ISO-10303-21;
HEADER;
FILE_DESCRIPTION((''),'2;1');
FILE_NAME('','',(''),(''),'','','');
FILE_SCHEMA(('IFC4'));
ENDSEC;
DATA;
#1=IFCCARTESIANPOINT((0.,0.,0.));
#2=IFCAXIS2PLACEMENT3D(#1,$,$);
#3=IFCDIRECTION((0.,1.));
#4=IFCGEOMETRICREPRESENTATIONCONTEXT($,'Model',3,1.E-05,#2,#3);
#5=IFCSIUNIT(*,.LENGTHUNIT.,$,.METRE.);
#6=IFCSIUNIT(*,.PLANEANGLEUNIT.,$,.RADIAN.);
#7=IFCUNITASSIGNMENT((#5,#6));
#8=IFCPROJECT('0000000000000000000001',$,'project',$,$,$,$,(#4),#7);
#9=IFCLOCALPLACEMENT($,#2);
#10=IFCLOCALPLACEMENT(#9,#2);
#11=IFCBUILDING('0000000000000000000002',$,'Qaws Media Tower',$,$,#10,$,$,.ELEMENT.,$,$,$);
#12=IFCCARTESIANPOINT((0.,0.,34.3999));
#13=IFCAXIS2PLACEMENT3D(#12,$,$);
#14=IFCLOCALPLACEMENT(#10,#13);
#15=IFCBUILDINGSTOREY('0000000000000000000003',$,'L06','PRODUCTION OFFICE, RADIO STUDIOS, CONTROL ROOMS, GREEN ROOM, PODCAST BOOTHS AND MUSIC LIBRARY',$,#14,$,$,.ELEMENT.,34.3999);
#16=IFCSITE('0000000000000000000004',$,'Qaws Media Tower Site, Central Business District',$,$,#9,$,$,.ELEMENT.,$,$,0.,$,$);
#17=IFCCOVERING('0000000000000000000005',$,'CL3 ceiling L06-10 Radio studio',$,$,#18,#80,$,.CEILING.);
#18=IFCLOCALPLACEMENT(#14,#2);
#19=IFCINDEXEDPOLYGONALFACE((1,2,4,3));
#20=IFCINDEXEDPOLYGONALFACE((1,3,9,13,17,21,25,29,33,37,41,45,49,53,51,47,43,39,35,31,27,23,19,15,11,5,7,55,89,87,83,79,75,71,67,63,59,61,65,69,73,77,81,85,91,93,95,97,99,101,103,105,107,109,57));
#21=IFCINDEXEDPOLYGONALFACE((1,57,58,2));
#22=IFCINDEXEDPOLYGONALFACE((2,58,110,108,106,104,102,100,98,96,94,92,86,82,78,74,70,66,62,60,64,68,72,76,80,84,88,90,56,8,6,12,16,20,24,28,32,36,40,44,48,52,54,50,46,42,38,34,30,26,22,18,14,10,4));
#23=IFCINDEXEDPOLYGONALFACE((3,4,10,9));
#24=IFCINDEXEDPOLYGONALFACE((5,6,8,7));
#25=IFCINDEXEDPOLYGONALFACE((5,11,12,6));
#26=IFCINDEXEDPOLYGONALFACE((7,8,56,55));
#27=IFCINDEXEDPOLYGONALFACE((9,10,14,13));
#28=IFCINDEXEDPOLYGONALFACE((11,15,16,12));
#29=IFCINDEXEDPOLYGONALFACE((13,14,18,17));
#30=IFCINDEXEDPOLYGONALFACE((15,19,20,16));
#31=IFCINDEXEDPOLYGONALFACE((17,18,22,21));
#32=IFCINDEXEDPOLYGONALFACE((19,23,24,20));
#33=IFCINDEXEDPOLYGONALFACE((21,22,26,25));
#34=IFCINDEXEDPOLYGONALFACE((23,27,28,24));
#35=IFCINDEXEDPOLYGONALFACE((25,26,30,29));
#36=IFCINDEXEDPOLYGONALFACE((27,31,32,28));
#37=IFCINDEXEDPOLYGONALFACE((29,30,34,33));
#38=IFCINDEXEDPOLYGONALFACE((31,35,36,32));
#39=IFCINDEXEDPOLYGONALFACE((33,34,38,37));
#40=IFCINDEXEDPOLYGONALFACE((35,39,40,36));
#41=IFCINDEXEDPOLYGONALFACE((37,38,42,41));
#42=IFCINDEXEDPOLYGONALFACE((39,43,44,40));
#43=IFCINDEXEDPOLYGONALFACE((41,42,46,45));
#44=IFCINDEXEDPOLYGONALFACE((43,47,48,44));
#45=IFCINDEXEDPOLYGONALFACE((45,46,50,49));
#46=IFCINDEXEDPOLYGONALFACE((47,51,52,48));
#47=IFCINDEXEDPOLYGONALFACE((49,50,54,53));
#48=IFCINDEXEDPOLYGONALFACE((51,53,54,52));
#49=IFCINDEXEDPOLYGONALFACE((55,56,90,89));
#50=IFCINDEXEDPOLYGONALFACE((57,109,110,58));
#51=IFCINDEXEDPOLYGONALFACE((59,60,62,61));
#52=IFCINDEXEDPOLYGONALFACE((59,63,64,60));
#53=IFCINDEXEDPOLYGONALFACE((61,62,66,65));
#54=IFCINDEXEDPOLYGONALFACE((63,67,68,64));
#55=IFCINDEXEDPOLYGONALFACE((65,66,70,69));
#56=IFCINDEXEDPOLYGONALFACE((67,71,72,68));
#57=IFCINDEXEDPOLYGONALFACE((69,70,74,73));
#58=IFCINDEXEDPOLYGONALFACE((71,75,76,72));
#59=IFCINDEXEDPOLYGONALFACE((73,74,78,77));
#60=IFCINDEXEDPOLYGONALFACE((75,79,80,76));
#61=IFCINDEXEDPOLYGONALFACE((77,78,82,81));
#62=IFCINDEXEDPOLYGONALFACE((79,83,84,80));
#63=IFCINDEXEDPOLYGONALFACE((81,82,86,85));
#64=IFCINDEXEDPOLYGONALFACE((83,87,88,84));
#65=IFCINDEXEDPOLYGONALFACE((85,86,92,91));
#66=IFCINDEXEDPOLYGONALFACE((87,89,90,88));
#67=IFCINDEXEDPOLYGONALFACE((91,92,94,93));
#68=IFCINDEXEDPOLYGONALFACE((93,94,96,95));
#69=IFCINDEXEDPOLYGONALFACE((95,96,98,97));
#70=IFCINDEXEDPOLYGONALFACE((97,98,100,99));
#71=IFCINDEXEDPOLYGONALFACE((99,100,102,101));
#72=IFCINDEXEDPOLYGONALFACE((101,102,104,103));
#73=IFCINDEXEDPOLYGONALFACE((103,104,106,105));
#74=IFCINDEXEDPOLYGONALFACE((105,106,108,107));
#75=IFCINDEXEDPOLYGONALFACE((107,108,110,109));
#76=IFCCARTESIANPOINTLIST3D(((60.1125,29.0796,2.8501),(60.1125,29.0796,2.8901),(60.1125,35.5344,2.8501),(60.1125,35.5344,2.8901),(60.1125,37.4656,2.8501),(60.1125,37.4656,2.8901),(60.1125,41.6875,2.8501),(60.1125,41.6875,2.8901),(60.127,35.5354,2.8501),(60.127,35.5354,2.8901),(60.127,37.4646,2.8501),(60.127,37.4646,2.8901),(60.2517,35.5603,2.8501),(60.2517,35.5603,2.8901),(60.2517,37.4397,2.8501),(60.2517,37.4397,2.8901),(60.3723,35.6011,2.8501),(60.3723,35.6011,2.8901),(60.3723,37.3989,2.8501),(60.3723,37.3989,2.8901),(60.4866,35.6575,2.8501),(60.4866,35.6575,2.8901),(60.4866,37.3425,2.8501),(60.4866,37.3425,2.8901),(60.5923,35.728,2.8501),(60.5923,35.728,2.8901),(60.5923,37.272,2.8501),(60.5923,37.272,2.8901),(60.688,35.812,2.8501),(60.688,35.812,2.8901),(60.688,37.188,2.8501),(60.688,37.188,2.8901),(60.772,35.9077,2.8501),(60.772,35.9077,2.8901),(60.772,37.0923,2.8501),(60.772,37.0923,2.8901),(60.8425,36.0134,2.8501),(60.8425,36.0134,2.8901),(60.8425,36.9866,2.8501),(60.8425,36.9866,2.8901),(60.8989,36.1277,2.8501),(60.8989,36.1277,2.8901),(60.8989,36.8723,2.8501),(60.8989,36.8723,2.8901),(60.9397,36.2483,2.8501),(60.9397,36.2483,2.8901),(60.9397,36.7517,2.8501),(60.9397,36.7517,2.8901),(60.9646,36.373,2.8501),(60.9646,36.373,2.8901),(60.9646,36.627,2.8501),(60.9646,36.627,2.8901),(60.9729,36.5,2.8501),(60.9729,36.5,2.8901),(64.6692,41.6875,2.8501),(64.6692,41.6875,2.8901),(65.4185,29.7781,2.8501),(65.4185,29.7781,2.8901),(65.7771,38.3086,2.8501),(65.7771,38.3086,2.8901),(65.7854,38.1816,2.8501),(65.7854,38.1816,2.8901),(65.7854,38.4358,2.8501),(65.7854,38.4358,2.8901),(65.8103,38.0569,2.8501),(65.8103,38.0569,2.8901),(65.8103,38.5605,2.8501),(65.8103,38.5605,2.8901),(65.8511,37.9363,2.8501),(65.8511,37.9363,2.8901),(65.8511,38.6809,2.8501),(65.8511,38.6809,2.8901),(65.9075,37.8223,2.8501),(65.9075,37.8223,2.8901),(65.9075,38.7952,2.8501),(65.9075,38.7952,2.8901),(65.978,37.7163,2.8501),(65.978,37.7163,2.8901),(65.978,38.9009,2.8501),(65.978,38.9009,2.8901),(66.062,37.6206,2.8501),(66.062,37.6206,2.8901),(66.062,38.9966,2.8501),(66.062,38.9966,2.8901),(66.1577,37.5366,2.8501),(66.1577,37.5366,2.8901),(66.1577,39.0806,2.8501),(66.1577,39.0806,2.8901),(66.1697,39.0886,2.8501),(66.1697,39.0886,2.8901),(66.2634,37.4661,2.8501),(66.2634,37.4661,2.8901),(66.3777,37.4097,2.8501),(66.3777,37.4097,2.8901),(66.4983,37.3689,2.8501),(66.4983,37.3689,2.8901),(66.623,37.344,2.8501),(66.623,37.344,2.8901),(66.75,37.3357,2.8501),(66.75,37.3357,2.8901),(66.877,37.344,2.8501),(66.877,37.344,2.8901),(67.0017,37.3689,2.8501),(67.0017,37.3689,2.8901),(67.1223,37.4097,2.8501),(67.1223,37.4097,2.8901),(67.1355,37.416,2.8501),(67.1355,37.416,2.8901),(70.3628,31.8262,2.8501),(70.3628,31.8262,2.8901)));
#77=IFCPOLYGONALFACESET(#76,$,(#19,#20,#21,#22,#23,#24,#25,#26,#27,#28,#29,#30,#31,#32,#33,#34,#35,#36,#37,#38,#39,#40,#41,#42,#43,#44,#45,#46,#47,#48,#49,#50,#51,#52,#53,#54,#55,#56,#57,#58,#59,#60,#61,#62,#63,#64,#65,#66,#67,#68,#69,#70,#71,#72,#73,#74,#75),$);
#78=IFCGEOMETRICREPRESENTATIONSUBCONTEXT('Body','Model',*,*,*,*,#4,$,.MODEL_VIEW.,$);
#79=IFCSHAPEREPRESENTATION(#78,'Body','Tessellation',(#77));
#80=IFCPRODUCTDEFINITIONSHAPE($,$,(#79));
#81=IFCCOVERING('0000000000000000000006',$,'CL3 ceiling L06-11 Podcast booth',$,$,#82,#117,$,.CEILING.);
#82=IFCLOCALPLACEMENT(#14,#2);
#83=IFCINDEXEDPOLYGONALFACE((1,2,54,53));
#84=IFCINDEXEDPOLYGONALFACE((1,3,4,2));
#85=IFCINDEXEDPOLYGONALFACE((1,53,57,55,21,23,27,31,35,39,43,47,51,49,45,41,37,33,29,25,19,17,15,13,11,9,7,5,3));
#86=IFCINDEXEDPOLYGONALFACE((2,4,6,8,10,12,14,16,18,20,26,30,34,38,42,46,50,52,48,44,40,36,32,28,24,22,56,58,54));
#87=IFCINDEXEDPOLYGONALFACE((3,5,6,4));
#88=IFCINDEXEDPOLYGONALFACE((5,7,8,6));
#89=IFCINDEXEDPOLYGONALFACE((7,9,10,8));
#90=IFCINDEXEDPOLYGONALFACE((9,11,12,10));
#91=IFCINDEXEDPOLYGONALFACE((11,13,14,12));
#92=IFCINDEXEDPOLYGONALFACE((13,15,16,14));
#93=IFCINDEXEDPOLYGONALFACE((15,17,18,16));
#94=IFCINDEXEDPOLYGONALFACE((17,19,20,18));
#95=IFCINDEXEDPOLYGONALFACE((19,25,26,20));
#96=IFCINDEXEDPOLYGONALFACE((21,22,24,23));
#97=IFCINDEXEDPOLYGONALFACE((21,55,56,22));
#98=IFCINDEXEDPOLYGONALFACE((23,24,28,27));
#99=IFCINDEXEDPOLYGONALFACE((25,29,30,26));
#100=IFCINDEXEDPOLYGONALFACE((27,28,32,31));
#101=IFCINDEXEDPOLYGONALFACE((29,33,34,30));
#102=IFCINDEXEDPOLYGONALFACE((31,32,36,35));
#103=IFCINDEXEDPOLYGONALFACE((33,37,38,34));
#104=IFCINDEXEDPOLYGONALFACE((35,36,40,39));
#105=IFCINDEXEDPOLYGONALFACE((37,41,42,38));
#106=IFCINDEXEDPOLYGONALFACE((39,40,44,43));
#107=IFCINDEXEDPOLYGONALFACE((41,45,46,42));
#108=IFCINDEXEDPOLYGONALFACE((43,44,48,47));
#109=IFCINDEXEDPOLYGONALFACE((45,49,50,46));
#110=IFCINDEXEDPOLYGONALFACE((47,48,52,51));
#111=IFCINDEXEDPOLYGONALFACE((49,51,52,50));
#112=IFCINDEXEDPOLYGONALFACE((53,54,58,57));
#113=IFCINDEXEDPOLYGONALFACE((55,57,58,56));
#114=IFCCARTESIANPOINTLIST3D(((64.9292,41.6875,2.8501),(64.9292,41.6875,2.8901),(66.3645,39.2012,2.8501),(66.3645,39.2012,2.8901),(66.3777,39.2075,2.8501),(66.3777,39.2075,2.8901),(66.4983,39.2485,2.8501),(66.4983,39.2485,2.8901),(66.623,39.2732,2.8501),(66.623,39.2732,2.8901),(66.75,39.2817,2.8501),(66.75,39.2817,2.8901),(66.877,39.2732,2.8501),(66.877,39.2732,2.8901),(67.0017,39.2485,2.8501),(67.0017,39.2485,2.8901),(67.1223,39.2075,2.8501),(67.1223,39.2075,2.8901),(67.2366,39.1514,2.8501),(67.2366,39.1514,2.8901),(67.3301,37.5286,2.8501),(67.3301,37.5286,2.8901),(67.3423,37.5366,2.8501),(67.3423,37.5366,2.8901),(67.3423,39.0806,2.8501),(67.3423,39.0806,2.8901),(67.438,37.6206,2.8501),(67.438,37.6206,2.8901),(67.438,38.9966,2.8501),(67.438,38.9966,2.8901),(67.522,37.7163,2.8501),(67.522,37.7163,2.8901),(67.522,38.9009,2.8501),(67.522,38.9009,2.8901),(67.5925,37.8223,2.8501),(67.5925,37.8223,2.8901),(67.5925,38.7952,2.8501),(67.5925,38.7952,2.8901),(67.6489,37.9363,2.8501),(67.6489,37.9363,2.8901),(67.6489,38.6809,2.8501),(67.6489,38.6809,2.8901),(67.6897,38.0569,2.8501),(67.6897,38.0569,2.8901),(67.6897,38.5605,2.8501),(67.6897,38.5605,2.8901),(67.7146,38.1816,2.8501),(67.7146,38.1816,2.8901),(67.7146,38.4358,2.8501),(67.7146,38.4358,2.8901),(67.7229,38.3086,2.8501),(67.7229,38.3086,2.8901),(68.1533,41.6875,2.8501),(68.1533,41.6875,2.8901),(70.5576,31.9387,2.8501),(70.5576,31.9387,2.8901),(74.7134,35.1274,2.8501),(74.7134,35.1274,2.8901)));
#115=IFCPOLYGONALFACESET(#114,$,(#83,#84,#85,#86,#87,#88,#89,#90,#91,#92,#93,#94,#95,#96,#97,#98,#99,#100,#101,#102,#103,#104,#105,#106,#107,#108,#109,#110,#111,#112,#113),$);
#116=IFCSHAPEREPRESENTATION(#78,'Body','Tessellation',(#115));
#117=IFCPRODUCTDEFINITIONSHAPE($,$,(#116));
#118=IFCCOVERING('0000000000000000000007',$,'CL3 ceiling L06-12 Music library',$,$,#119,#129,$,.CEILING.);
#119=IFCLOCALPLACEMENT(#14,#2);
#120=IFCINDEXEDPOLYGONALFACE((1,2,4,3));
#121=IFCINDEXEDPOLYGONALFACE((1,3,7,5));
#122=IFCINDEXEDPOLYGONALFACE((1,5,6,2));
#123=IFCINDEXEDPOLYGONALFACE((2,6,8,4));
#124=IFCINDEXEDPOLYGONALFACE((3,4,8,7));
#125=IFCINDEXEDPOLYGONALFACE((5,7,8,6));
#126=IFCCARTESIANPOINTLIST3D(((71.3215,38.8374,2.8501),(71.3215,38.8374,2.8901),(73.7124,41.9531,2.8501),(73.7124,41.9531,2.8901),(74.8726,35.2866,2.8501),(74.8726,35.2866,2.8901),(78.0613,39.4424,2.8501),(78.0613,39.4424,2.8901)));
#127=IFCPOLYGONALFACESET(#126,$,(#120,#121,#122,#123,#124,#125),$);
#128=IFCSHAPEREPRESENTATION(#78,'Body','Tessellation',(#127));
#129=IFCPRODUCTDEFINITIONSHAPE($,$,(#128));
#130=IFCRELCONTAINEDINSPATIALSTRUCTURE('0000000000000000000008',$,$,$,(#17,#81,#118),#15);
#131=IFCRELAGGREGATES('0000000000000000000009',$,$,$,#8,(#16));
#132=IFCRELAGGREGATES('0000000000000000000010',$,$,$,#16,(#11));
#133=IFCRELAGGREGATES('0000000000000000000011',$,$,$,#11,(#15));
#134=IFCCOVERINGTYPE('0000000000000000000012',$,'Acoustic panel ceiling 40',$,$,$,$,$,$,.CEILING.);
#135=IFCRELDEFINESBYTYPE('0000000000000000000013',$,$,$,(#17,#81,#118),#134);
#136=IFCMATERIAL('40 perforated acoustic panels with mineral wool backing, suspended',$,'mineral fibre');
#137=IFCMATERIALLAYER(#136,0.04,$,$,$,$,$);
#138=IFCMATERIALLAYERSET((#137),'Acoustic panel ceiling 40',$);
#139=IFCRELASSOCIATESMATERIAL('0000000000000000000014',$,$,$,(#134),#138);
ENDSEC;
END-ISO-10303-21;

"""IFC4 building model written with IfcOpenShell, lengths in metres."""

from ifc_helpers import new_model, si_unit, direction, frame, origin, place, context, subcontext, project, spatial, polyline, outline, extrude, material, layer, layer_set, type_object, element, save


model = new_model("IFC4")

# Units and contexts
model_context = context("Model", 3, precision=1e-05, world=origin(), true_north=direction((0.0, 1.0)))
body_context = subcontext(model_context, "Body", "Model", "MODEL_VIEW")
ifc_project = project(units=[si_unit("LENGTHUNIT", "METRE"), si_unit("PLANEANGLEUNIT", "RADIAN")], contexts=[model_context])

# Site, building, storey
site_placement = place(None, origin())
site = spatial("IfcSite", under=ifc_project, at=site_placement, Name="Qaws Media Tower Site, Central Business District", CompositionType="ELEMENT", RefElevation=0.0)
building_placement = place(site_placement, origin())
building = spatial("IfcBuilding", under=site, at=building_placement, Name="Qaws Media Tower", CompositionType="ELEMENT")
storey_placement = place(building_placement, frame((0.0, 0.0, 34.3999)))
storey = spatial("IfcBuildingStorey", under=building, at=storey_placement, Name="L06", Description="PRODUCTION OFFICE, RADIO STUDIOS, CONTROL ROOMS, GREEN ROOM, PODCAST BOOTHS AND MUSIC LIBRARY", CompositionType="ELEMENT", Elevation=34.3999)

# Coverings
ifc_material_1 = material(Name="40 perforated acoustic panels with mineral wool backing, suspended", Category="mineral fibre")
ifc_layer_1 = layer(ifc_material_1, 0.04)
ifc_layer_set_1 = layer_set([ifc_layer_1], Name="Acoustic panel ceiling 40")
covering_type_1 = type_object("IfcCoveringType", Name="Acoustic panel ceiling 40", PredefinedType="CEILING", material=ifc_layer_set_1)
covering_1_placement = place(storey_placement, frame((0.0, 0.0, 2.8501)))
element("IfcCovering", 1, at=covering_1_placement, inside=storey, type_object=covering_type_1, Name="CL3 ceiling L06-10 Radio studio", PredefinedType="CEILING", context=body_context, shape_type="SweptSolid", body=[
    extrude(outline(polyline([(65.4185, 29.7781), (60.1125, 29.0796), (60.1125, 35.5344), (60.127, 35.5354), (60.2517, 35.5603), (60.3723, 35.6011), (60.4866, 35.6575), (60.5923, 35.728), (60.688, 35.812), (60.772, 35.9077), (60.8425, 36.0134), (60.8989, 36.1277), (60.9397, 36.2483), (60.9646, 36.373), (60.9729, 36.5), (60.9646, 36.627), (60.9397, 36.7517), (60.8989, 36.8723), (60.8425, 36.9866), (60.772, 37.0923), (60.688, 37.188), (60.5923, 37.272), (60.4866, 37.3425), (60.3723, 37.3989), (60.2517, 37.4397), (60.127, 37.4646), (60.1125, 37.4656), (60.1125, 41.6875), (64.6692, 41.6875), (66.1697, 39.0886), (66.1577, 39.0806), (66.062, 38.9966), (65.978, 38.9009), (65.9075, 38.7952), (65.8511, 38.6809), (65.8103, 38.5605), (65.7854, 38.4358), (65.7771, 38.3086), (65.7854, 38.1816), (65.8103, 38.0569), (65.8511, 37.9363), (65.9075, 37.8223), (65.978, 37.7163), (66.062, 37.6206), (66.1577, 37.5366), (66.2634, 37.4661), (66.3777, 37.4097), (66.4983, 37.3689), (66.623, 37.344), (66.75, 37.3357), (66.877, 37.344), (67.0017, 37.3689), (67.1223, 37.4097), (67.1355, 37.416), (70.3628, 31.8262), (65.4185, 29.7781)])), origin(), (0.0, 0.0, 1.0), 0.04),
])
covering_2_placement = place(storey_placement, frame((0.0, 0.0, 2.8501)))
element("IfcCovering", 2, at=covering_2_placement, inside=storey, type_object=covering_type_1, Name="CL3 ceiling L06-11 Podcast booth", PredefinedType="CEILING", context=body_context, shape_type="SweptSolid", body=[
    extrude(outline(polyline([(70.5576, 31.9387), (67.3301, 37.5286), (67.3423, 37.5366), (67.438, 37.6206), (67.522, 37.7163), (67.5925, 37.8223), (67.6489, 37.9363), (67.6897, 38.0569), (67.7146, 38.1816), (67.7229, 38.3086), (67.7146, 38.4358), (67.6897, 38.5605), (67.6489, 38.6809), (67.5925, 38.7952), (67.522, 38.9009), (67.438, 38.9966), (67.3423, 39.0806), (67.2366, 39.1514), (67.1223, 39.2075), (67.0017, 39.2485), (66.877, 39.2732), (66.75, 39.2817), (66.623, 39.2732), (66.4983, 39.2485), (66.3777, 39.2075), (66.3645, 39.2012), (64.9292, 41.6875), (68.1533, 41.6875), (74.7134, 35.1274), (70.5576, 31.9387)])), origin(), (0.0, 0.0, 1.0), 0.04),
])
covering_3_placement = place(storey_placement, frame((0.0, 0.0, 2.8501)))
element("IfcCovering", 3, at=covering_3_placement, inside=storey, type_object=covering_type_1, Name="CL3 ceiling L06-12 Music library", PredefinedType="CEILING", context=body_context, shape_type="SweptSolid", body=[
    extrude(outline(polyline([(74.8726, 35.2866), (71.3215, 38.8374), (73.7124, 41.9531), (78.0613, 39.4424), (74.8726, 35.2866)])), origin(), (0.0, 0.0, 1.0), 0.04),
])

save(model, "model.ifc")
